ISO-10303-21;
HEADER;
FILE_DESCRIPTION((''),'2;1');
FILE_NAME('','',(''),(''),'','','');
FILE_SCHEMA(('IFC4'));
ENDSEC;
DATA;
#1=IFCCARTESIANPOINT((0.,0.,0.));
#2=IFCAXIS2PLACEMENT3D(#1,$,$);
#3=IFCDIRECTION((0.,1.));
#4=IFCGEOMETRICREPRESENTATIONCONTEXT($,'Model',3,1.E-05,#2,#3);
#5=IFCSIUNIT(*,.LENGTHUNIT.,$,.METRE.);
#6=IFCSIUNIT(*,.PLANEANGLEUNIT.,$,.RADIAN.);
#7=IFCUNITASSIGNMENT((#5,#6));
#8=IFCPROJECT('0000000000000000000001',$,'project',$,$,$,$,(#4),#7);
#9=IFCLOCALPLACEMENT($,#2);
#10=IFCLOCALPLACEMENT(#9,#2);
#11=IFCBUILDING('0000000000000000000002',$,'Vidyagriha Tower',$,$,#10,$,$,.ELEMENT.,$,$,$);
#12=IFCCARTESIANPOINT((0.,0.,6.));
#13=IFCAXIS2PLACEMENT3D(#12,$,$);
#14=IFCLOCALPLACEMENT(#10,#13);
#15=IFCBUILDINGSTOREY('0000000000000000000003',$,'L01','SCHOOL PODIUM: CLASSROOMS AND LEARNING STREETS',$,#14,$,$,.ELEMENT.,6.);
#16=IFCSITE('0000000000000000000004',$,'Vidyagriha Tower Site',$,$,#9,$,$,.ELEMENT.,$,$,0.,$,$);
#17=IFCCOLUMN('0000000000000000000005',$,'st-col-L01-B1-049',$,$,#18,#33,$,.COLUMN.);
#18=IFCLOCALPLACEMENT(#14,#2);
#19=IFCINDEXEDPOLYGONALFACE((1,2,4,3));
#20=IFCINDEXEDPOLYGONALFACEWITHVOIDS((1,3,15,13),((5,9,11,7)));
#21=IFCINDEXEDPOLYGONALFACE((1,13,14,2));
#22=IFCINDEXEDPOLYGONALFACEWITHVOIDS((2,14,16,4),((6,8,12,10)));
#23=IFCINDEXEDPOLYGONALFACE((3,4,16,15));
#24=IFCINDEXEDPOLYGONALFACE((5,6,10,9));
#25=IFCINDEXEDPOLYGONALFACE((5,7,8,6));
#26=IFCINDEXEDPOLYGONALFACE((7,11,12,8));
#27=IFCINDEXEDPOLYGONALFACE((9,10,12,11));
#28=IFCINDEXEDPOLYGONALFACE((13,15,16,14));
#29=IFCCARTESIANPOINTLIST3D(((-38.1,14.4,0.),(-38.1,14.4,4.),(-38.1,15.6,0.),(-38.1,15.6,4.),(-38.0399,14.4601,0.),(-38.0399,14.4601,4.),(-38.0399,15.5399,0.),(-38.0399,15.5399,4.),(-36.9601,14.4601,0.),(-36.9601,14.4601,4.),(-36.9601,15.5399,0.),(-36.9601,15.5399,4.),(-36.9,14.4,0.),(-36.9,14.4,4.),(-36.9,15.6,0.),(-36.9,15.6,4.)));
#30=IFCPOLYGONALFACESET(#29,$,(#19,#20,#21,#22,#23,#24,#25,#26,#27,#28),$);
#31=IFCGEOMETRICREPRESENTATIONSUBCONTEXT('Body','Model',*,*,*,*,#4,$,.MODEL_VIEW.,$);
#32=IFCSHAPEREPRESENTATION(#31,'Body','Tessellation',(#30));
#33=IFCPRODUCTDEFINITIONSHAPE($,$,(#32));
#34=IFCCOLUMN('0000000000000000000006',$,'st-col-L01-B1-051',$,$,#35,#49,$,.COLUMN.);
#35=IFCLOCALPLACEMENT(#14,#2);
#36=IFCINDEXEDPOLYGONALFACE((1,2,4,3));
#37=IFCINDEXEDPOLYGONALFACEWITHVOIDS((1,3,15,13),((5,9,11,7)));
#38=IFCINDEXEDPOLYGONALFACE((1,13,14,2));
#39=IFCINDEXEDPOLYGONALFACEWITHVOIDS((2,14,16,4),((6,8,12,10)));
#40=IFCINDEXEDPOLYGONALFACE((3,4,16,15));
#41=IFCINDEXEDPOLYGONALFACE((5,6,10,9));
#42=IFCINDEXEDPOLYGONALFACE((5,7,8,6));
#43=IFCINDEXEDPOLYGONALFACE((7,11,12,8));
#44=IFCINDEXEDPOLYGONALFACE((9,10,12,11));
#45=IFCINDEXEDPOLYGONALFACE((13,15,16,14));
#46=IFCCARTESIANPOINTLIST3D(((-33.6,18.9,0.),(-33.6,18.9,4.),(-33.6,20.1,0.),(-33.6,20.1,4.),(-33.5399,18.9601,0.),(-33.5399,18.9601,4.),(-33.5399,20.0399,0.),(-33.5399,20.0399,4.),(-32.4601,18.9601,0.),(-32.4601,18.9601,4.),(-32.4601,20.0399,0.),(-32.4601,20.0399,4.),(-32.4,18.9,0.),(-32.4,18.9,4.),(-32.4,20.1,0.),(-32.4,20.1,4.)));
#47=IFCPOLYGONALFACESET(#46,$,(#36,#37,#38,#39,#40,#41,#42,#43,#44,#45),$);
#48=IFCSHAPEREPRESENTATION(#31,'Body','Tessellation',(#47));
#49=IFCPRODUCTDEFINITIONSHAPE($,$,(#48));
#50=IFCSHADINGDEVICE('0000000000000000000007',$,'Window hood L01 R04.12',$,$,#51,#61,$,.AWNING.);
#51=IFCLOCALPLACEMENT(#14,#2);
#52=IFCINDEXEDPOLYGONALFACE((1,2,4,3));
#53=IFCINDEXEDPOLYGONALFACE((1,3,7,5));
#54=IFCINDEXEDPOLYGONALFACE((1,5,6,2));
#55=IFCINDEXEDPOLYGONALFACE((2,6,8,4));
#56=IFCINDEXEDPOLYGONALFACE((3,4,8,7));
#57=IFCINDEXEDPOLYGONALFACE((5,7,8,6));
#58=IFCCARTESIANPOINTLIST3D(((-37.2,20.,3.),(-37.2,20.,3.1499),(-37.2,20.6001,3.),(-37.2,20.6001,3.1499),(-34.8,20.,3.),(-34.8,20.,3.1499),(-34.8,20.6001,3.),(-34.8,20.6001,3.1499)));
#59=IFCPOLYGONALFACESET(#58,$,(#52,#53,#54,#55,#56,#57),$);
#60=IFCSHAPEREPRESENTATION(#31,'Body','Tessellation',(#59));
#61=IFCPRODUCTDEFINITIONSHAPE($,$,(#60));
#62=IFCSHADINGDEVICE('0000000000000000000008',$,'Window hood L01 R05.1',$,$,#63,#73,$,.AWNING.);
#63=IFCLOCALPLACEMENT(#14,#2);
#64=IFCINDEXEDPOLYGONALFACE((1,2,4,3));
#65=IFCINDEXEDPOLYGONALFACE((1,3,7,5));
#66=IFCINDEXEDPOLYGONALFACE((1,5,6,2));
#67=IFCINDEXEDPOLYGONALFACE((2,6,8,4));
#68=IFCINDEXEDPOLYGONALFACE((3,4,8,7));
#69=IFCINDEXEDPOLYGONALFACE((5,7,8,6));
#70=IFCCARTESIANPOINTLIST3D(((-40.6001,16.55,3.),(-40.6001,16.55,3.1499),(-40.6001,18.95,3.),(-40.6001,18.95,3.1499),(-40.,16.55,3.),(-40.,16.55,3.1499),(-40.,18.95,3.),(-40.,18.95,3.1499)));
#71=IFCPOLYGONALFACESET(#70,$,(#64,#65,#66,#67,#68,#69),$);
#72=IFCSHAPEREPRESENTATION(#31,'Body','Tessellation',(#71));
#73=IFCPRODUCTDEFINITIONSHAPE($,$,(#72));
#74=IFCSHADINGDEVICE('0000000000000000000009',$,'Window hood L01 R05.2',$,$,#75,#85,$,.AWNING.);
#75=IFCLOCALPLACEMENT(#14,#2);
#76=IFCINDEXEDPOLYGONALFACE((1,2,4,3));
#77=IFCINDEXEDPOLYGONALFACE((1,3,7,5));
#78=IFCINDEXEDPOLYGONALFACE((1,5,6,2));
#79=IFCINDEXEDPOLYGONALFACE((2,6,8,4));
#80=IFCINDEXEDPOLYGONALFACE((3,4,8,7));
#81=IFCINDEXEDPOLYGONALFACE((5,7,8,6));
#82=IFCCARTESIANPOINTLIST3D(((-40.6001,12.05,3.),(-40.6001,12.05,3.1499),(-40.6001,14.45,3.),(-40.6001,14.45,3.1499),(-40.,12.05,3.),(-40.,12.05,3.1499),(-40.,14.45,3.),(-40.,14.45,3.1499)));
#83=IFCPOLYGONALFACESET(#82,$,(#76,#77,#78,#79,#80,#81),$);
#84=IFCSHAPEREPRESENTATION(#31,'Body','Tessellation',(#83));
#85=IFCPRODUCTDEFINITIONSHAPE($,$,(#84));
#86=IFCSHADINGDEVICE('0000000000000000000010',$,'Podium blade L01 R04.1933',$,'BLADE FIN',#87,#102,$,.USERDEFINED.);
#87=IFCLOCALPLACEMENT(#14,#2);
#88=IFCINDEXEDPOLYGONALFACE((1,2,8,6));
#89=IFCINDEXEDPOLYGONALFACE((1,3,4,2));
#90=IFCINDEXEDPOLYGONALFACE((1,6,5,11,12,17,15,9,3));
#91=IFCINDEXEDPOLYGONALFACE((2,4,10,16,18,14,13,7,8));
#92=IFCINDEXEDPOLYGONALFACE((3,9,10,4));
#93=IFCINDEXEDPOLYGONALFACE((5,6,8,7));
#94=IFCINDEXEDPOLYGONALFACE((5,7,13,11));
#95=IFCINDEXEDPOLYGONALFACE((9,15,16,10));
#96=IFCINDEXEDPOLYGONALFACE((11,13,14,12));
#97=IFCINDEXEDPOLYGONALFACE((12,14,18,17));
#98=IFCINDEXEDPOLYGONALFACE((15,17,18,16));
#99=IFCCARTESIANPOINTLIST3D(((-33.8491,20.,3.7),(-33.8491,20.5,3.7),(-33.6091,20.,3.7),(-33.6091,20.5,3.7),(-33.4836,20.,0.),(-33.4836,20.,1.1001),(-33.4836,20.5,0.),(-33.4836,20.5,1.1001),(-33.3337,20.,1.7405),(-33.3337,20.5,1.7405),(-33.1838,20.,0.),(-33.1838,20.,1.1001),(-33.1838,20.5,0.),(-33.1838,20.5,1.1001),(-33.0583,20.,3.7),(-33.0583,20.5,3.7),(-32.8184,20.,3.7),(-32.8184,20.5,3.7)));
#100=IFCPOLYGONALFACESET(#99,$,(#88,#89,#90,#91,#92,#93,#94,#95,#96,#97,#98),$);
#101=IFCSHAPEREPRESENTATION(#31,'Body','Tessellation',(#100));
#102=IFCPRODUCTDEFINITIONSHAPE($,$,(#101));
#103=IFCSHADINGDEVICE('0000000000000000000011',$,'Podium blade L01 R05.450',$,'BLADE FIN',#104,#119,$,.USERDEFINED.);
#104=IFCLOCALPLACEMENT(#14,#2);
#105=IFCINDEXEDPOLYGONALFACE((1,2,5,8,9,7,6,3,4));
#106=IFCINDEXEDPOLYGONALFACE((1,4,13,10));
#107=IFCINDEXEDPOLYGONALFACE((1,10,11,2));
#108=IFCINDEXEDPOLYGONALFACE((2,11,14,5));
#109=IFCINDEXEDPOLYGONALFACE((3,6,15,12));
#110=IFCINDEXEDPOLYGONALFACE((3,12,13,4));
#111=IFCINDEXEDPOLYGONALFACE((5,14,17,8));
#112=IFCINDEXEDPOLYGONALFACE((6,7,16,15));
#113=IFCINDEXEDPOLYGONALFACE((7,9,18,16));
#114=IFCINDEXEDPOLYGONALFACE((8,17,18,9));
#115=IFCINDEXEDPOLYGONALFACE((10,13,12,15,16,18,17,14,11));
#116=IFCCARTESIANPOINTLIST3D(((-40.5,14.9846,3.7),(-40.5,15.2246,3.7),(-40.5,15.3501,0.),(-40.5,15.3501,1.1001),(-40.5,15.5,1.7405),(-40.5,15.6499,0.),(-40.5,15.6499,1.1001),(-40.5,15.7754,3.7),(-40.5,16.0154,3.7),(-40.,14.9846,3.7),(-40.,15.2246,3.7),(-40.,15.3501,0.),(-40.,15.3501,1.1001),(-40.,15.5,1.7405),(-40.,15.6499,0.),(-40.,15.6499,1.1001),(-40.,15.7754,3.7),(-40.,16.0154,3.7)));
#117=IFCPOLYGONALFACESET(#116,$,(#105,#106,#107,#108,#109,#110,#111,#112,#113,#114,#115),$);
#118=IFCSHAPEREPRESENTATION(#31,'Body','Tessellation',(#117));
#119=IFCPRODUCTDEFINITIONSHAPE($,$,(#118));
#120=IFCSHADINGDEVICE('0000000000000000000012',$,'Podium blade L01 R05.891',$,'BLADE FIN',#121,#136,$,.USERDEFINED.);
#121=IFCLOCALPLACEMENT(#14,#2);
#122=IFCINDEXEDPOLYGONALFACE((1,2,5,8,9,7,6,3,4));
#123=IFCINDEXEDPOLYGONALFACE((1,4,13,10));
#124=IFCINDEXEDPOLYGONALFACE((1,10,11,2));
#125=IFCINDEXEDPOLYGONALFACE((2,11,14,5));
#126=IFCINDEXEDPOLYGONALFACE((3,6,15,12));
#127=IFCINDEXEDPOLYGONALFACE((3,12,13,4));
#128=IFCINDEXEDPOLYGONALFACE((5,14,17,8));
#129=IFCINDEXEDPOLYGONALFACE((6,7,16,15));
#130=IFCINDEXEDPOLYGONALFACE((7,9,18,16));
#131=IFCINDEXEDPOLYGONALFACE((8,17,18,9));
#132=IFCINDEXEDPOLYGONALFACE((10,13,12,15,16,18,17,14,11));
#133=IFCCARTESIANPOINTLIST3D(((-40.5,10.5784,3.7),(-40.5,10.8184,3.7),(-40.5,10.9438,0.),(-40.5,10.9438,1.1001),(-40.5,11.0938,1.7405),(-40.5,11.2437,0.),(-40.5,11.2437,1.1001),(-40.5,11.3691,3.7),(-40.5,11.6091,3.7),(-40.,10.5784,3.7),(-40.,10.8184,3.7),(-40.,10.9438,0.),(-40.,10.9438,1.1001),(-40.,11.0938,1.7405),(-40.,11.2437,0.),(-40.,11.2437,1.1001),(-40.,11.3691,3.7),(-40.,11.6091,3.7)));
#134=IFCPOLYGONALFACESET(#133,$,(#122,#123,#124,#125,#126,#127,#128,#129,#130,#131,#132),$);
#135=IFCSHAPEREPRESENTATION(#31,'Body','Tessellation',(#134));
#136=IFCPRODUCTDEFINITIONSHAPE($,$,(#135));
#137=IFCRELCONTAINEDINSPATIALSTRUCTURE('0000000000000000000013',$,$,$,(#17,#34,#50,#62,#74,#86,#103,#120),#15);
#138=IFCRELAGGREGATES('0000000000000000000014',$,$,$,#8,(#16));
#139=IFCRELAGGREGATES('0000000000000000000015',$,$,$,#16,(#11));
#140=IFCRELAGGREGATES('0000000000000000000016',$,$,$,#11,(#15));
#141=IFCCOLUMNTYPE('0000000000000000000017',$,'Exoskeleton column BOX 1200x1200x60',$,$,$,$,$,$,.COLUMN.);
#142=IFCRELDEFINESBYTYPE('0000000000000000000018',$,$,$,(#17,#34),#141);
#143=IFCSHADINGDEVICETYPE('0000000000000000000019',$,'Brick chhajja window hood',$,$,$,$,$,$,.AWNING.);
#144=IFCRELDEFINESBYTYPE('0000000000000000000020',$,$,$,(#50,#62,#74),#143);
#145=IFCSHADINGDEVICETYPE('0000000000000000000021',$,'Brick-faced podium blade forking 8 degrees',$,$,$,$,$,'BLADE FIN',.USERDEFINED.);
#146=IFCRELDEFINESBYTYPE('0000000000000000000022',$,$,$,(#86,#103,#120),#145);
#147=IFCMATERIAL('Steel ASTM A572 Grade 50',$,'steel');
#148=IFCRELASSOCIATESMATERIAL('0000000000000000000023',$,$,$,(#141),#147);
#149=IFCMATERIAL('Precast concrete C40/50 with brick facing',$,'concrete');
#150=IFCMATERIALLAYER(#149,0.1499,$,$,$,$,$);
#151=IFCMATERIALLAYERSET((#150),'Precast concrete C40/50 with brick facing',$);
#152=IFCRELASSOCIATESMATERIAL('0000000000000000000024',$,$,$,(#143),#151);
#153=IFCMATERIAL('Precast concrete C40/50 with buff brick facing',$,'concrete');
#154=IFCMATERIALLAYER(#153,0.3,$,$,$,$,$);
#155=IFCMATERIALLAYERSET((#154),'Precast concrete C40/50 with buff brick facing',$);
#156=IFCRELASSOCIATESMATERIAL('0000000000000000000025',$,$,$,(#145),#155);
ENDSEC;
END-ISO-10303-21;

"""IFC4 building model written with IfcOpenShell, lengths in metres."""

from ifc_helpers import new_model, si_unit, direction, frame, origin, origin_2d, place, context, subcontext, project, spatial, polyline, rectangle, hollow_rectangle, outline, extrude, material, layer, layer_set, material_profile, profile_set, type_object, element, save


model = new_model("IFC4")

# Units and contexts
model_context = context("Model", 3, precision=1e-05, world=origin(), true_north=direction((0.0, 1.0)))
body_context = subcontext(model_context, "Body", "Model", "MODEL_VIEW")
ifc_project = project(units=[si_unit("LENGTHUNIT", "METRE"), si_unit("PLANEANGLEUNIT", "RADIAN")], contexts=[model_context])

# Site, building, storey
site_placement = place(None, origin())
site = spatial("IfcSite", under=ifc_project, at=site_placement, Name="Vidyagriha Tower Site", CompositionType="ELEMENT", RefElevation=0.0)
building_placement = place(site_placement, origin())
building = spatial("IfcBuilding", under=site, at=building_placement, Name="Vidyagriha Tower", CompositionType="ELEMENT")
storey_placement = place(building_placement, frame((0.0, 0.0, 6.0)))
storey = spatial("IfcBuildingStorey", under=building, at=storey_placement, Name="L01", Description="SCHOOL PODIUM: CLASSROOMS AND LEARNING STREETS", CompositionType="ELEMENT", Elevation=6.0)

# Columns
ifc_material_1 = material(Name="Steel ASTM A572 Grade 50", Category="steel")
ifc_material_profile = material_profile(ifc_material_1, hollow_rectangle(XDim=1.2, YDim=1.2, WallThickness=0.0601, at=origin_2d()), Name="BOX 1200x1200x60")
ifc_profile_set = profile_set([ifc_material_profile], Name="Steel ASTM A572 Grade 50")
column_type = type_object("IfcColumnType", Name="Exoskeleton column BOX 1200x1200x60", PredefinedType="COLUMN", material=ifc_profile_set)
for number, where, name in (
    (1, (-37.5, 15.0, 0.0), "st-col-L01-B1-049"),
    (2, (-33.0, 19.5, 0.0), "st-col-L01-B1-051"),
):
    element("IfcColumn", number, at=place(storey_placement, frame(where)), inside=storey, type_object=column_type, Name=name, PredefinedType="COLUMN", context=body_context, shape_type="SweptSolid", body=[
        extrude(hollow_rectangle(XDim=1.2, YDim=1.2, WallThickness=0.0601, at=origin_2d()), origin(), (0.0, 0.0, 1.0), 4.0),
    ])

# Shading devices
ifc_material_2 = material(Name="Precast concrete C40/50 with brick facing", Category="concrete")
ifc_layer_1 = layer(ifc_material_2, 0.1499)
ifc_layer_set_1 = layer_set([ifc_layer_1], Name="Precast concrete C40/50 with brick facing")
shading_device_type_1 = type_object("IfcShadingDeviceType", Name="Brick chhajja window hood", PredefinedType="AWNING", material=ifc_layer_set_1)
for number, where, z_axis, x_axis, name in (
    (3, (-36.0, 20.3, 3.0), (0.0, 0.0, 1.0), (-1.0, 0.0, 0.0), "Window hood L01 R04.12"),
    (4, (-40.3, 17.75, 3.0), (0.0, 0.0, 1.0), (0.0, -1.0, 0.0), "Window hood L01 R05.1"),
    (5, (-40.3, 13.25, 3.0), (0.0, 0.0, 1.0), (0.0, -1.0, 0.0), "Window hood L01 R05.2"),
):
    element("IfcShadingDevice", number, at=place(storey_placement, frame(where, z_axis=z_axis, x_axis=x_axis)), inside=storey, type_object=shading_device_type_1, Name=name, PredefinedType="AWNING", context=body_context, shape_type="SweptSolid", body=[
        extrude(rectangle(XDim=2.3999, YDim=0.6001, at=origin_2d()), origin(), (0.0, 0.0, 1.0), 0.1499),
    ])
ifc_material_3 = material(Name="Precast concrete C40/50 with buff brick facing", Category="concrete")
ifc_layer_2 = layer(ifc_material_3, 0.3)
ifc_layer_set_2 = layer_set([ifc_layer_2], Name="Precast concrete C40/50 with buff brick facing")
shading_device_type_2 = type_object("IfcShadingDeviceType", Name="Brick-faced podium blade forking 8 degrees", ElementType="BLADE FIN", PredefinedType="USERDEFINED", material=ifc_layer_set_2)
for number, where, z_axis, x_axis, name in (
    (6, (-32.8184, 20.25, 0.0), (0.0, 0.0, 1.0), (-1.0, 0.0, 0.0), "Podium blade L01 R04.1933"),
    (7, (-40.25, 16.0154, 0.0), (0.0, 0.0, 1.0), (0.0, -1.0, 0.0), "Podium blade L01 R05.450"),
    (8, (-40.25, 11.6091, 0.0), (0.0, 0.0, 1.0), (0.0, -1.0, 0.0), "Podium blade L01 R05.891"),
):
    element("IfcShadingDevice", number, at=place(storey_placement, frame(where, z_axis=z_axis, x_axis=x_axis)), inside=storey, type_object=shading_device_type_2, Name=name, ObjectType="BLADE FIN", PredefinedType="USERDEFINED", context=body_context, shape_type="SweptSolid", body=[
        extrude(outline(polyline([(0.6653, 0.0), (0.6653, 1.1001), (1.0308, 3.7), (0.7908, 3.7), (0.5154, 1.7405), (0.24, 3.7), (0.0, 3.7), (0.3655, 1.1001), (0.3655, 0.0), (0.6653, 0.0)])), frame((0.0, 0.25, 0.0), z_axis=(0.0, -1.0, 0.0), x_axis=(1.0, 0.0, 0.0)), (0.0, 0.0, 1.0), 0.5),
    ])

save(model, "model.ifc")
